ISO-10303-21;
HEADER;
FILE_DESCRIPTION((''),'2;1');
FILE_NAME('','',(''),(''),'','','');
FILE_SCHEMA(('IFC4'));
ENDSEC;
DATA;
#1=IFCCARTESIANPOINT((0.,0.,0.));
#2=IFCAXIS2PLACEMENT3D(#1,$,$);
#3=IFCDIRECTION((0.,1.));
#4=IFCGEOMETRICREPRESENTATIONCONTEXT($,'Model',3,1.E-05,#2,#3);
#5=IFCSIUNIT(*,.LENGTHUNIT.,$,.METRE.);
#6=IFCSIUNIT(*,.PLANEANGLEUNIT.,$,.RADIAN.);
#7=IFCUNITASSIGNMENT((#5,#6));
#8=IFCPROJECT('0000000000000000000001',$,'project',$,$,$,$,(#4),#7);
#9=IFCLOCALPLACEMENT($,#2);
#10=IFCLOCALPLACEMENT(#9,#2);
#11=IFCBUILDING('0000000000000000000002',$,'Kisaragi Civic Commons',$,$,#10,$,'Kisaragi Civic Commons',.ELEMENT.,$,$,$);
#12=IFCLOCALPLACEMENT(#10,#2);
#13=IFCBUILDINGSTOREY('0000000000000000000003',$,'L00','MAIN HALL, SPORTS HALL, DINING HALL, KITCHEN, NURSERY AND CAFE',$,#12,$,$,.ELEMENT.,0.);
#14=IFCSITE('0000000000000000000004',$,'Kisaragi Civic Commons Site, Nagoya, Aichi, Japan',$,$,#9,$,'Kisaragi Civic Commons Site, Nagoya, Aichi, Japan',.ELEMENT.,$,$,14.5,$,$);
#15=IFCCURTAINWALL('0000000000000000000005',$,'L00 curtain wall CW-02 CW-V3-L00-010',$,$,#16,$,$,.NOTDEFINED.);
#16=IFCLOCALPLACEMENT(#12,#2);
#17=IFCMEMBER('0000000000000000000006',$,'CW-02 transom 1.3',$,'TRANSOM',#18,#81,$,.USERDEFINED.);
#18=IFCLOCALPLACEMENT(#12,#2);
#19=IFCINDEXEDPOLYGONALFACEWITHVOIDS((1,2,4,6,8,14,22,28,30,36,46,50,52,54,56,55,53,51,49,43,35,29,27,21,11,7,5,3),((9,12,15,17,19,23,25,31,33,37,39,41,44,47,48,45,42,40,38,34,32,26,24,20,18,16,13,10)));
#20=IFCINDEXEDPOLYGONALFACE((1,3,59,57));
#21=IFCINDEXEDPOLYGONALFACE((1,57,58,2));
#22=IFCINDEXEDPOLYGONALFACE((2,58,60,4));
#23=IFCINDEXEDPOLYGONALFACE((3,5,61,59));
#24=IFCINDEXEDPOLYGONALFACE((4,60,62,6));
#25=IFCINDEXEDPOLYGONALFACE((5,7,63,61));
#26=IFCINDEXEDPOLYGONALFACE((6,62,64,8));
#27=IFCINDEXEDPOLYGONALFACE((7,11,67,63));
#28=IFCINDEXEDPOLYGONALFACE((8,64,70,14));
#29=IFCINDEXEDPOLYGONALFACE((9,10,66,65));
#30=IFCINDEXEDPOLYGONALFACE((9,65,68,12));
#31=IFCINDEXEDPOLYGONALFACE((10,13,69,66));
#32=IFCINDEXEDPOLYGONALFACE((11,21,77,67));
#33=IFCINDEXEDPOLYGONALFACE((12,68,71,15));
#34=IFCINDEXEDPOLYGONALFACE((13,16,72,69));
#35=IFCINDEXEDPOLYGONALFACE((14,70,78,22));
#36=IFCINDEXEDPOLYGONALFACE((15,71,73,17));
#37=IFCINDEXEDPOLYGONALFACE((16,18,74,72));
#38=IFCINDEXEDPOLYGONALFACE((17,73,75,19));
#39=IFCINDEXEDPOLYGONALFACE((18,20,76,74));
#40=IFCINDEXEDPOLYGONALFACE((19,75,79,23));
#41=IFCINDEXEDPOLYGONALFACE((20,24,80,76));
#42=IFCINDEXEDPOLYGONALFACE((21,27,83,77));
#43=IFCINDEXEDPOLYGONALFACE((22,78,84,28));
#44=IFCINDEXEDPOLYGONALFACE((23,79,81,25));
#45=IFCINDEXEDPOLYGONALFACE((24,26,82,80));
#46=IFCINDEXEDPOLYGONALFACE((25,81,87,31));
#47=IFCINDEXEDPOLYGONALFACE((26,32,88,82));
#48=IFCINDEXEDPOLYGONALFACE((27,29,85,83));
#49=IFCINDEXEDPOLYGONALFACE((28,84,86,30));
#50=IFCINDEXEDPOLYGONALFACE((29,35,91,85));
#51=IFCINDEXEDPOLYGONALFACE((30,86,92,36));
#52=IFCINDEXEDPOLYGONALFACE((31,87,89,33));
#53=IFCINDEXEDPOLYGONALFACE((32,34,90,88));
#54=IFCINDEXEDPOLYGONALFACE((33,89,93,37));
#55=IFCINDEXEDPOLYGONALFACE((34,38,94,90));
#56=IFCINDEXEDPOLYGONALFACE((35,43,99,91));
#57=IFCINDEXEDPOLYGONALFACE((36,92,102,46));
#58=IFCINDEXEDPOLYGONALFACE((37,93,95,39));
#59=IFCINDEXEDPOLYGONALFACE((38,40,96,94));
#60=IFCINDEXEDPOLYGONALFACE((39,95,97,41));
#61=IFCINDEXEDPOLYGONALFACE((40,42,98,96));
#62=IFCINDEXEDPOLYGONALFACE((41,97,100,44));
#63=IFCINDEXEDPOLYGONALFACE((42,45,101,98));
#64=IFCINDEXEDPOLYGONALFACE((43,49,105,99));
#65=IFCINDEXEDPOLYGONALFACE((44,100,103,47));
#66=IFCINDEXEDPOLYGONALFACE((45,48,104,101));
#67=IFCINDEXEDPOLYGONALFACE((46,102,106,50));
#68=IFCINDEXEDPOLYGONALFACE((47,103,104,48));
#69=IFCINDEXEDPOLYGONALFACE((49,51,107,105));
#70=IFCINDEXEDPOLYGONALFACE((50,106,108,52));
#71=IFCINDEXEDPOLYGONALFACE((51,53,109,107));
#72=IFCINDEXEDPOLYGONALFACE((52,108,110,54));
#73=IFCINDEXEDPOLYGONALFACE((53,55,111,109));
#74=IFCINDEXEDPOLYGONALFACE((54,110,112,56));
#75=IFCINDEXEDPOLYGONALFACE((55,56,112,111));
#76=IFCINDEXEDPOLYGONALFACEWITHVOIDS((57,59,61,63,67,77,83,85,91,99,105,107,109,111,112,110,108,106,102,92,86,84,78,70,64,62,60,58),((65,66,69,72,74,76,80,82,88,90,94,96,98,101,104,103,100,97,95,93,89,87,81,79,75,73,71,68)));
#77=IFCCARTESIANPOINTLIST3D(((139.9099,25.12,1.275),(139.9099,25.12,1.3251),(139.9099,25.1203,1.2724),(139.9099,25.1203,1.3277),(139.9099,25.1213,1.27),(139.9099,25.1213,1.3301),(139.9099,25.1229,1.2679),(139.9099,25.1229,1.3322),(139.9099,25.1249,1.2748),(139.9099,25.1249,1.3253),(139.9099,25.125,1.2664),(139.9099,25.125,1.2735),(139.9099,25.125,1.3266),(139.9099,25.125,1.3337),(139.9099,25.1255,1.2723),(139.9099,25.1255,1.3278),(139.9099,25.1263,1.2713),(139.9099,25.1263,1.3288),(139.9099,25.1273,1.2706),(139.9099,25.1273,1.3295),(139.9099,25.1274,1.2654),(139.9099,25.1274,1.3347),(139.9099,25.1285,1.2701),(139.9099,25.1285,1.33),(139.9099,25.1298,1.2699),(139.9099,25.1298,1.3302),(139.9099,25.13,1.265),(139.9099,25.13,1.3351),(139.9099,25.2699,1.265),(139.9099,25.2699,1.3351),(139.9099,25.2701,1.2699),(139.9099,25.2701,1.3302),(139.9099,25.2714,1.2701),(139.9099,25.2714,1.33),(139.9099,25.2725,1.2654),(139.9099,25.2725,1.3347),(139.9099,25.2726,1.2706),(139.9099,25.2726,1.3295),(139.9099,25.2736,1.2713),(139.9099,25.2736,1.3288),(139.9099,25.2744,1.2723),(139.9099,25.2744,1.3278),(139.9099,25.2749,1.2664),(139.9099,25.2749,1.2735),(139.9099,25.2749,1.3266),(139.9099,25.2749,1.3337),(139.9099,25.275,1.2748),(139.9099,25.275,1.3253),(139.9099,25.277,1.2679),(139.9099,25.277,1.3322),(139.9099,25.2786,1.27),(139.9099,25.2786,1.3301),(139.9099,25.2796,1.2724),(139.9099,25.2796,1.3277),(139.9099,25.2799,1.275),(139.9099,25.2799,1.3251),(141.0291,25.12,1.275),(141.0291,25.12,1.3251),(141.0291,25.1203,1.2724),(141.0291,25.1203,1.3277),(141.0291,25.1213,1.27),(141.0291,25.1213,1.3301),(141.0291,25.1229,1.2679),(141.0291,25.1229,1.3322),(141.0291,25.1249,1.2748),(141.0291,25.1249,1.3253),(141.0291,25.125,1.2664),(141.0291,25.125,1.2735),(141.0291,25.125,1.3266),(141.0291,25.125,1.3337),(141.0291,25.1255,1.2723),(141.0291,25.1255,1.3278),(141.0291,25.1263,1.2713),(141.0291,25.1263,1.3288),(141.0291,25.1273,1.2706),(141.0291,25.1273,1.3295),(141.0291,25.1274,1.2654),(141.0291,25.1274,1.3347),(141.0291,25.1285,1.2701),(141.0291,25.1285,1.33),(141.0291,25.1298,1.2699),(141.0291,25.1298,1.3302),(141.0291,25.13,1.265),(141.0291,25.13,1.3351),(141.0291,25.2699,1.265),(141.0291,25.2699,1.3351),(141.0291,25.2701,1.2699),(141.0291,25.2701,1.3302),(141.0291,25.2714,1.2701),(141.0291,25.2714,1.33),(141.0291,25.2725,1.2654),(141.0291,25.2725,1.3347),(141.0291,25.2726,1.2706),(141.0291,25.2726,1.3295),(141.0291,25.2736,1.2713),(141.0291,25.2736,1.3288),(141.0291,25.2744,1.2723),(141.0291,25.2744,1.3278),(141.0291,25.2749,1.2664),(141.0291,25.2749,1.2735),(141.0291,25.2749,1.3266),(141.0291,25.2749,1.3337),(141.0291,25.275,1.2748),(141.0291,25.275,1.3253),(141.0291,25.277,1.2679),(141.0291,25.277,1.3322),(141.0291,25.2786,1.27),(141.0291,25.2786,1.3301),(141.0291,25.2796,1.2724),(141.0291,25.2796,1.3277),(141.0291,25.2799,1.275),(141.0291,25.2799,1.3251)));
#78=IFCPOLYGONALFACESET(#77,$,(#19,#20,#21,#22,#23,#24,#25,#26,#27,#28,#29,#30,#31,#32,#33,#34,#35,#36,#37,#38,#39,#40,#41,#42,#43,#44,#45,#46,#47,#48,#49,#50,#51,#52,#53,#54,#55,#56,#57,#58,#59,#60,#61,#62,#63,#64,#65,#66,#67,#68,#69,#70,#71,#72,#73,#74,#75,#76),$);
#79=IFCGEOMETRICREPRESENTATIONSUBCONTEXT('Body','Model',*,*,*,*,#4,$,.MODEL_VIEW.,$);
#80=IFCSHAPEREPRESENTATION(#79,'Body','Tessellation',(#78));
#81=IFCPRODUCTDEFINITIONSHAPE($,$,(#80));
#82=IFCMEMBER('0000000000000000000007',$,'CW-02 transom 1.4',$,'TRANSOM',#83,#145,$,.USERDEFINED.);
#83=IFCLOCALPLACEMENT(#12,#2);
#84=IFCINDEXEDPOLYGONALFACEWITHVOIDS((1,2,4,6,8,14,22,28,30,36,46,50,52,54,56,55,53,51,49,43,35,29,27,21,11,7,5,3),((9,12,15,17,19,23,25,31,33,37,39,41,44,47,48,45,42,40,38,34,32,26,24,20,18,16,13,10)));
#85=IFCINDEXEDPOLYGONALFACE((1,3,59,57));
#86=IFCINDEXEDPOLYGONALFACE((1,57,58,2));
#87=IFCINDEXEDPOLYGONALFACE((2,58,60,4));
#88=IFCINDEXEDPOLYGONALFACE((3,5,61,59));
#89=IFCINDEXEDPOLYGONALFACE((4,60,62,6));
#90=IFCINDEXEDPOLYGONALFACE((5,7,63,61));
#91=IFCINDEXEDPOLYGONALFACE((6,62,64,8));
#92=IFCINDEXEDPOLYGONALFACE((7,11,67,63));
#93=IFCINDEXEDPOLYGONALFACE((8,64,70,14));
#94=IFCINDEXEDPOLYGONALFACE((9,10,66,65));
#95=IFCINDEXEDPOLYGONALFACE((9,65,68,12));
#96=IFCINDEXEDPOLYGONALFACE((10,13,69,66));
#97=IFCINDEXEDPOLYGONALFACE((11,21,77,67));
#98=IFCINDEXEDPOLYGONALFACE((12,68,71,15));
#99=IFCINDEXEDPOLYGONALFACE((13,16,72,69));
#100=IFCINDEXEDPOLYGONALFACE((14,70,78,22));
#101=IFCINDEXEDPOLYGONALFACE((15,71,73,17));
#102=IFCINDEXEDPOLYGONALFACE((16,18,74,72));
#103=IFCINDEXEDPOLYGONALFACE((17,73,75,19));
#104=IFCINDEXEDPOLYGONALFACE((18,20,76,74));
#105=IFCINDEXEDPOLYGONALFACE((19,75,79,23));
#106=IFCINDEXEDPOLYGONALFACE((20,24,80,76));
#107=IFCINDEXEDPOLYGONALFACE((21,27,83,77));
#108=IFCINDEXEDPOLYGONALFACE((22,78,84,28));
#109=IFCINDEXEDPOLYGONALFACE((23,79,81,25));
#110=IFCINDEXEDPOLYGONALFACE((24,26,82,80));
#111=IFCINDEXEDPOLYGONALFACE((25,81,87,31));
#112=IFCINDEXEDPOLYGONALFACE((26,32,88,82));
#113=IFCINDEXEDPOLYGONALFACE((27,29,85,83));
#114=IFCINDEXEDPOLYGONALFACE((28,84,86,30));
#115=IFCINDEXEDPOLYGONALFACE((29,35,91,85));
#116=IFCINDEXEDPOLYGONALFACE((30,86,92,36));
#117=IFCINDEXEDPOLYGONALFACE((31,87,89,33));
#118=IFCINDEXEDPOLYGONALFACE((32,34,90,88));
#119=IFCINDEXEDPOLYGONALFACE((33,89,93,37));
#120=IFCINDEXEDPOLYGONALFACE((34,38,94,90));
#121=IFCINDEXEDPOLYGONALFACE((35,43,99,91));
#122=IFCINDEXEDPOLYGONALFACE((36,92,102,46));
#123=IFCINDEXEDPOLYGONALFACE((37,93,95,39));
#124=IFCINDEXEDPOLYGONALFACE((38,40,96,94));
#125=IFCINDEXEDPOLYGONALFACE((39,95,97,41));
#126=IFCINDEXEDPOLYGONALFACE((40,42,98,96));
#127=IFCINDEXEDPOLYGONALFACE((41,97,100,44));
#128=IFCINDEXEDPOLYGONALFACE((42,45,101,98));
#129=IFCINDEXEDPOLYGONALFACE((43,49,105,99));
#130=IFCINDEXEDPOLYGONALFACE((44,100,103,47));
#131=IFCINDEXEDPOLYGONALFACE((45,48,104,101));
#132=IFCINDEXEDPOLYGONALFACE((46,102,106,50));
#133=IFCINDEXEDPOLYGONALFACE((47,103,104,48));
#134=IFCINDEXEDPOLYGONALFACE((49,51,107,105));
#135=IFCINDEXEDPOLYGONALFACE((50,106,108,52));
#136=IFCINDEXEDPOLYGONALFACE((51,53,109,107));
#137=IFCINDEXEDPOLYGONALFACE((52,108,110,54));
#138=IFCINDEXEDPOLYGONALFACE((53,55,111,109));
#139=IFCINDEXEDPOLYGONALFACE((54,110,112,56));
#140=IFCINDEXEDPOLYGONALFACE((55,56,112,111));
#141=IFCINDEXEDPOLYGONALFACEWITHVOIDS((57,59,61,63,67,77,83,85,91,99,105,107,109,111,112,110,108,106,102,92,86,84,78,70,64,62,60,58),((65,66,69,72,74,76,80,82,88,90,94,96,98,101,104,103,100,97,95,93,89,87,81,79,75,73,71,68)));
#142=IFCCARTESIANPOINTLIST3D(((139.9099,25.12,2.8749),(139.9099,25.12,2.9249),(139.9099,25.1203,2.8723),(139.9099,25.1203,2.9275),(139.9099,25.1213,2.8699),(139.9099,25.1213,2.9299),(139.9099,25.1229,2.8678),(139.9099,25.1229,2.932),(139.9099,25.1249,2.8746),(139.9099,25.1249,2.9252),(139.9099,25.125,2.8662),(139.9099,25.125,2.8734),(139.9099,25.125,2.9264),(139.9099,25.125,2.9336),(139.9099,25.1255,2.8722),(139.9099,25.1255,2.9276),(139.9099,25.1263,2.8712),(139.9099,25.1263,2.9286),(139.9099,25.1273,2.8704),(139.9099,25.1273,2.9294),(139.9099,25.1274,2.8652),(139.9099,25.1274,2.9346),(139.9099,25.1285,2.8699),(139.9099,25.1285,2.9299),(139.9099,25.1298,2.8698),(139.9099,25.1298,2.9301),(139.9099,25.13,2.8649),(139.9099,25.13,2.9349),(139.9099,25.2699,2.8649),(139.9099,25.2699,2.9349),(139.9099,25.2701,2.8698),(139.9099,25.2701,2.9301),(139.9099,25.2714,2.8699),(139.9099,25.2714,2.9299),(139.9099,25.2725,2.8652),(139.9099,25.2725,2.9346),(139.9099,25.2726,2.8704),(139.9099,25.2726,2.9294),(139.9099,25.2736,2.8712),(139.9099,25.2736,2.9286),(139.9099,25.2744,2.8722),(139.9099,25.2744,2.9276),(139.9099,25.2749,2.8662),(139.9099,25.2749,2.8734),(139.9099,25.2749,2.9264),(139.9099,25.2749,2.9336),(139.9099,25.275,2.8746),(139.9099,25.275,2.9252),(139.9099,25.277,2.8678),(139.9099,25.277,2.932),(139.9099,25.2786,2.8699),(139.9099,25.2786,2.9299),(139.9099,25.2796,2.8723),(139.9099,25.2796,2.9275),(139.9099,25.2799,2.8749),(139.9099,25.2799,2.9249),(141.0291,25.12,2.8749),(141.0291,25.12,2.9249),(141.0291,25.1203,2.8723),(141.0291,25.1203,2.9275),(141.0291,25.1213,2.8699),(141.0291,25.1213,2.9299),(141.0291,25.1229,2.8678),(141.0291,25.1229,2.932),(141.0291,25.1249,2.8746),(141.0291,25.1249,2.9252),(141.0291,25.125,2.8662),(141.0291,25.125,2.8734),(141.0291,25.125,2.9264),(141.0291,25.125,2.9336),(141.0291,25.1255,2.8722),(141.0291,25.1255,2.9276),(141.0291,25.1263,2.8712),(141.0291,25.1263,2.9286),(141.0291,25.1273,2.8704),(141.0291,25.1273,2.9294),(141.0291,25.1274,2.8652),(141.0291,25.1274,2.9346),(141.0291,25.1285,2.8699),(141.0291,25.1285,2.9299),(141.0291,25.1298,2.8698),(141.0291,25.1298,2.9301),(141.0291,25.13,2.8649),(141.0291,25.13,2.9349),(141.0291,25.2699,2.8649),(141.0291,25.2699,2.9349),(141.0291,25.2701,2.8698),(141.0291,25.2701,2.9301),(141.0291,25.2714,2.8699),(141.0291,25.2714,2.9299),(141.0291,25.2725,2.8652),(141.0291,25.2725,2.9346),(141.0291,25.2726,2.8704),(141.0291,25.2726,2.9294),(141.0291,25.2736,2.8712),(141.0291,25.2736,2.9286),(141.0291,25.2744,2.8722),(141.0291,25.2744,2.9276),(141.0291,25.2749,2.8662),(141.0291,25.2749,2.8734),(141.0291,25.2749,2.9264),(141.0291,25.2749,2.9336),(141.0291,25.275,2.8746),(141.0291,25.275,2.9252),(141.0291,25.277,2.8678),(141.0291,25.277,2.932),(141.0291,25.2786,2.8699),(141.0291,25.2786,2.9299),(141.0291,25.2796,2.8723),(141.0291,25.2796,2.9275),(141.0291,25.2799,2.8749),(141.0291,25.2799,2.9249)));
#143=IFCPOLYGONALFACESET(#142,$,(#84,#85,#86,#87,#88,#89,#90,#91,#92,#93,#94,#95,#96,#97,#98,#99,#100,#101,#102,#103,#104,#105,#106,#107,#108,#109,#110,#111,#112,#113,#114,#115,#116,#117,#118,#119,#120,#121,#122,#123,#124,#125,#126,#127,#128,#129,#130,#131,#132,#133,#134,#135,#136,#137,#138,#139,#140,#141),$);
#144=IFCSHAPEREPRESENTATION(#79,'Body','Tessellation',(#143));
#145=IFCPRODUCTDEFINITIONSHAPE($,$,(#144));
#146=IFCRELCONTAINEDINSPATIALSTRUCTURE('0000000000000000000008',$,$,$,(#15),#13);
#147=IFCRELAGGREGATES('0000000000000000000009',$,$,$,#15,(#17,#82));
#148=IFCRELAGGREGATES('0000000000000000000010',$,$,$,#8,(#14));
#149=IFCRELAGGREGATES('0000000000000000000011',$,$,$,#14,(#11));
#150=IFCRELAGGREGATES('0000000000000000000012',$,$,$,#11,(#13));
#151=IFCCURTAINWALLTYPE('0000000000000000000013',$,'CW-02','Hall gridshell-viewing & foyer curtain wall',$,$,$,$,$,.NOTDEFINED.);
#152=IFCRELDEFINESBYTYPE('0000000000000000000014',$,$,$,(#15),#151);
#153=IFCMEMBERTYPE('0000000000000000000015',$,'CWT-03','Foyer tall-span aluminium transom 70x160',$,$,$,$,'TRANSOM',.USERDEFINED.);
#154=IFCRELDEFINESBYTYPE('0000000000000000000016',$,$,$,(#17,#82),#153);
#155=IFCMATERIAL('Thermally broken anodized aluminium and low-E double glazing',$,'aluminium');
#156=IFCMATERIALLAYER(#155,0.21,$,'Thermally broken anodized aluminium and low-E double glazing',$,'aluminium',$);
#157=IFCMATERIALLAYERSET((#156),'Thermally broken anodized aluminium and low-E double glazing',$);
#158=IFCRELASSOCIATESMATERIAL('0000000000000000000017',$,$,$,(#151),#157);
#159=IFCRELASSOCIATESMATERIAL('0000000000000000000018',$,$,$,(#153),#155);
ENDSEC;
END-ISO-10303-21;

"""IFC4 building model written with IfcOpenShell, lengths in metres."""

from ifc_helpers import new_model, si_unit, direction, frame, origin, origin_2d, place, context, subcontext, project, spatial, hollow_rectangle, extrude, material, layer, layer_set, material_profile, profile_set, type_object, element, aggregate, save


model = new_model("IFC4")

# Units and contexts
model_context = context("Model", 3, precision=1e-05, world=origin(), true_north=direction((0.0, 1.0)))
body_context = subcontext(model_context, "Body", "Model", "MODEL_VIEW")
ifc_project = project(units=[si_unit("LENGTHUNIT", "METRE"), si_unit("PLANEANGLEUNIT", "RADIAN")], contexts=[model_context])

# Site, building, storey
site_placement = place(None, origin())
site = spatial("IfcSite", under=ifc_project, at=site_placement, Name="Kisaragi Civic Commons Site, Nagoya, Aichi, Japan", LongName="Kisaragi Civic Commons Site, Nagoya, Aichi, Japan", CompositionType="ELEMENT", RefElevation=14.5)
building_placement = place(site_placement, origin())
building = spatial("IfcBuilding", under=site, at=building_placement, Name="Kisaragi Civic Commons", LongName="Kisaragi Civic Commons", CompositionType="ELEMENT")
storey_placement = place(building_placement, origin())
storey = spatial("IfcBuildingStorey", under=building, at=storey_placement, Name="L00", Description="MAIN HALL, SPORTS HALL, DINING HALL, KITCHEN, NURSERY AND CAFE", CompositionType="ELEMENT", Elevation=0.0)

# Curtain wall
ifc_material = material(Name="Thermally broken anodized aluminium and low-E double glazing", Category="aluminium")
ifc_layer_1 = layer(ifc_material, 0.21, Name="Thermally broken anodized aluminium and low-E double glazing", Category="aluminium")
ifc_layer_set_1 = layer_set([ifc_layer_1], Name="Thermally broken anodized aluminium and low-E double glazing")
curtain_wall_type = type_object("IfcCurtainWallType", Name="CW-02", Description="Hall gridshell-viewing & foyer curtain wall", PredefinedType="NOTDEFINED", material=ifc_layer_set_1)
curtain_wall_1_placement = place(storey_placement, origin())
curtain_wall_1 = element("IfcCurtainWall", 1, at=curtain_wall_1_placement, inside=storey, type_object=curtain_wall_type, Name="L00 curtain wall CW-02 CW-V3-L00-010", PredefinedType="NOTDEFINED")

# Members
ifc_material_profile_1 = material_profile(ifc_material, hollow_rectangle(XDim=0.1599, YDim=0.0701, WallThickness=0.0049, InnerFilletRadius=0.0049, OuterFilletRadius=0.01, at=origin_2d()), Name="CWT-70x160x5", Category="aluminium")
ifc_profile_set_1 = profile_set([ifc_material_profile_1], Name="Thermally broken anodized aluminium and low-E double glazing")
member_type_1 = type_object("IfcMemberType", Name="CWT-03", Description="Foyer tall-span aluminium transom 70x160", ElementType="TRANSOM", PredefinedType="USERDEFINED", material=ifc_profile_set_1)
member_1_placement = place(storey_placement, frame((139.9099, 25.2, 1.3), z_axis=(1.0, 0.0, 0.0), x_axis=(0.0, 1.0, 0.0)))
member_1 = element("IfcMember", 2, at=member_1_placement, type_object=member_type_1, Name="CW-02 transom 1.3", ObjectType="TRANSOM", PredefinedType="USERDEFINED", context=body_context, shape_type="SweptSolid", body=[
    extrude(hollow_rectangle(XDim=0.1599, YDim=0.0701, WallThickness=0.0049, InnerFilletRadius=0.0049, OuterFilletRadius=0.01, at=origin_2d()), origin(), (0.0, 0.0, 1.0), 1.1191),
])
member_2_placement = place(storey_placement, frame((139.9099, 25.2, 2.8999), z_axis=(1.0, 0.0, 0.0), x_axis=(0.0, 1.0, 0.0)))
member_2 = element("IfcMember", 3, at=member_2_placement, type_object=member_type_1, Name="CW-02 transom 1.4", ObjectType="TRANSOM", PredefinedType="USERDEFINED", context=body_context, shape_type="SweptSolid", body=[
    extrude(hollow_rectangle(XDim=0.1599, YDim=0.0701, WallThickness=0.0049, InnerFilletRadius=0.0049, OuterFilletRadius=0.01, at=origin_2d()), origin(), (0.0, 0.0, 1.0), 1.1191),
])

aggregate(curtain_wall_1, [member_1, member_2])

save(model, "model.ifc")
